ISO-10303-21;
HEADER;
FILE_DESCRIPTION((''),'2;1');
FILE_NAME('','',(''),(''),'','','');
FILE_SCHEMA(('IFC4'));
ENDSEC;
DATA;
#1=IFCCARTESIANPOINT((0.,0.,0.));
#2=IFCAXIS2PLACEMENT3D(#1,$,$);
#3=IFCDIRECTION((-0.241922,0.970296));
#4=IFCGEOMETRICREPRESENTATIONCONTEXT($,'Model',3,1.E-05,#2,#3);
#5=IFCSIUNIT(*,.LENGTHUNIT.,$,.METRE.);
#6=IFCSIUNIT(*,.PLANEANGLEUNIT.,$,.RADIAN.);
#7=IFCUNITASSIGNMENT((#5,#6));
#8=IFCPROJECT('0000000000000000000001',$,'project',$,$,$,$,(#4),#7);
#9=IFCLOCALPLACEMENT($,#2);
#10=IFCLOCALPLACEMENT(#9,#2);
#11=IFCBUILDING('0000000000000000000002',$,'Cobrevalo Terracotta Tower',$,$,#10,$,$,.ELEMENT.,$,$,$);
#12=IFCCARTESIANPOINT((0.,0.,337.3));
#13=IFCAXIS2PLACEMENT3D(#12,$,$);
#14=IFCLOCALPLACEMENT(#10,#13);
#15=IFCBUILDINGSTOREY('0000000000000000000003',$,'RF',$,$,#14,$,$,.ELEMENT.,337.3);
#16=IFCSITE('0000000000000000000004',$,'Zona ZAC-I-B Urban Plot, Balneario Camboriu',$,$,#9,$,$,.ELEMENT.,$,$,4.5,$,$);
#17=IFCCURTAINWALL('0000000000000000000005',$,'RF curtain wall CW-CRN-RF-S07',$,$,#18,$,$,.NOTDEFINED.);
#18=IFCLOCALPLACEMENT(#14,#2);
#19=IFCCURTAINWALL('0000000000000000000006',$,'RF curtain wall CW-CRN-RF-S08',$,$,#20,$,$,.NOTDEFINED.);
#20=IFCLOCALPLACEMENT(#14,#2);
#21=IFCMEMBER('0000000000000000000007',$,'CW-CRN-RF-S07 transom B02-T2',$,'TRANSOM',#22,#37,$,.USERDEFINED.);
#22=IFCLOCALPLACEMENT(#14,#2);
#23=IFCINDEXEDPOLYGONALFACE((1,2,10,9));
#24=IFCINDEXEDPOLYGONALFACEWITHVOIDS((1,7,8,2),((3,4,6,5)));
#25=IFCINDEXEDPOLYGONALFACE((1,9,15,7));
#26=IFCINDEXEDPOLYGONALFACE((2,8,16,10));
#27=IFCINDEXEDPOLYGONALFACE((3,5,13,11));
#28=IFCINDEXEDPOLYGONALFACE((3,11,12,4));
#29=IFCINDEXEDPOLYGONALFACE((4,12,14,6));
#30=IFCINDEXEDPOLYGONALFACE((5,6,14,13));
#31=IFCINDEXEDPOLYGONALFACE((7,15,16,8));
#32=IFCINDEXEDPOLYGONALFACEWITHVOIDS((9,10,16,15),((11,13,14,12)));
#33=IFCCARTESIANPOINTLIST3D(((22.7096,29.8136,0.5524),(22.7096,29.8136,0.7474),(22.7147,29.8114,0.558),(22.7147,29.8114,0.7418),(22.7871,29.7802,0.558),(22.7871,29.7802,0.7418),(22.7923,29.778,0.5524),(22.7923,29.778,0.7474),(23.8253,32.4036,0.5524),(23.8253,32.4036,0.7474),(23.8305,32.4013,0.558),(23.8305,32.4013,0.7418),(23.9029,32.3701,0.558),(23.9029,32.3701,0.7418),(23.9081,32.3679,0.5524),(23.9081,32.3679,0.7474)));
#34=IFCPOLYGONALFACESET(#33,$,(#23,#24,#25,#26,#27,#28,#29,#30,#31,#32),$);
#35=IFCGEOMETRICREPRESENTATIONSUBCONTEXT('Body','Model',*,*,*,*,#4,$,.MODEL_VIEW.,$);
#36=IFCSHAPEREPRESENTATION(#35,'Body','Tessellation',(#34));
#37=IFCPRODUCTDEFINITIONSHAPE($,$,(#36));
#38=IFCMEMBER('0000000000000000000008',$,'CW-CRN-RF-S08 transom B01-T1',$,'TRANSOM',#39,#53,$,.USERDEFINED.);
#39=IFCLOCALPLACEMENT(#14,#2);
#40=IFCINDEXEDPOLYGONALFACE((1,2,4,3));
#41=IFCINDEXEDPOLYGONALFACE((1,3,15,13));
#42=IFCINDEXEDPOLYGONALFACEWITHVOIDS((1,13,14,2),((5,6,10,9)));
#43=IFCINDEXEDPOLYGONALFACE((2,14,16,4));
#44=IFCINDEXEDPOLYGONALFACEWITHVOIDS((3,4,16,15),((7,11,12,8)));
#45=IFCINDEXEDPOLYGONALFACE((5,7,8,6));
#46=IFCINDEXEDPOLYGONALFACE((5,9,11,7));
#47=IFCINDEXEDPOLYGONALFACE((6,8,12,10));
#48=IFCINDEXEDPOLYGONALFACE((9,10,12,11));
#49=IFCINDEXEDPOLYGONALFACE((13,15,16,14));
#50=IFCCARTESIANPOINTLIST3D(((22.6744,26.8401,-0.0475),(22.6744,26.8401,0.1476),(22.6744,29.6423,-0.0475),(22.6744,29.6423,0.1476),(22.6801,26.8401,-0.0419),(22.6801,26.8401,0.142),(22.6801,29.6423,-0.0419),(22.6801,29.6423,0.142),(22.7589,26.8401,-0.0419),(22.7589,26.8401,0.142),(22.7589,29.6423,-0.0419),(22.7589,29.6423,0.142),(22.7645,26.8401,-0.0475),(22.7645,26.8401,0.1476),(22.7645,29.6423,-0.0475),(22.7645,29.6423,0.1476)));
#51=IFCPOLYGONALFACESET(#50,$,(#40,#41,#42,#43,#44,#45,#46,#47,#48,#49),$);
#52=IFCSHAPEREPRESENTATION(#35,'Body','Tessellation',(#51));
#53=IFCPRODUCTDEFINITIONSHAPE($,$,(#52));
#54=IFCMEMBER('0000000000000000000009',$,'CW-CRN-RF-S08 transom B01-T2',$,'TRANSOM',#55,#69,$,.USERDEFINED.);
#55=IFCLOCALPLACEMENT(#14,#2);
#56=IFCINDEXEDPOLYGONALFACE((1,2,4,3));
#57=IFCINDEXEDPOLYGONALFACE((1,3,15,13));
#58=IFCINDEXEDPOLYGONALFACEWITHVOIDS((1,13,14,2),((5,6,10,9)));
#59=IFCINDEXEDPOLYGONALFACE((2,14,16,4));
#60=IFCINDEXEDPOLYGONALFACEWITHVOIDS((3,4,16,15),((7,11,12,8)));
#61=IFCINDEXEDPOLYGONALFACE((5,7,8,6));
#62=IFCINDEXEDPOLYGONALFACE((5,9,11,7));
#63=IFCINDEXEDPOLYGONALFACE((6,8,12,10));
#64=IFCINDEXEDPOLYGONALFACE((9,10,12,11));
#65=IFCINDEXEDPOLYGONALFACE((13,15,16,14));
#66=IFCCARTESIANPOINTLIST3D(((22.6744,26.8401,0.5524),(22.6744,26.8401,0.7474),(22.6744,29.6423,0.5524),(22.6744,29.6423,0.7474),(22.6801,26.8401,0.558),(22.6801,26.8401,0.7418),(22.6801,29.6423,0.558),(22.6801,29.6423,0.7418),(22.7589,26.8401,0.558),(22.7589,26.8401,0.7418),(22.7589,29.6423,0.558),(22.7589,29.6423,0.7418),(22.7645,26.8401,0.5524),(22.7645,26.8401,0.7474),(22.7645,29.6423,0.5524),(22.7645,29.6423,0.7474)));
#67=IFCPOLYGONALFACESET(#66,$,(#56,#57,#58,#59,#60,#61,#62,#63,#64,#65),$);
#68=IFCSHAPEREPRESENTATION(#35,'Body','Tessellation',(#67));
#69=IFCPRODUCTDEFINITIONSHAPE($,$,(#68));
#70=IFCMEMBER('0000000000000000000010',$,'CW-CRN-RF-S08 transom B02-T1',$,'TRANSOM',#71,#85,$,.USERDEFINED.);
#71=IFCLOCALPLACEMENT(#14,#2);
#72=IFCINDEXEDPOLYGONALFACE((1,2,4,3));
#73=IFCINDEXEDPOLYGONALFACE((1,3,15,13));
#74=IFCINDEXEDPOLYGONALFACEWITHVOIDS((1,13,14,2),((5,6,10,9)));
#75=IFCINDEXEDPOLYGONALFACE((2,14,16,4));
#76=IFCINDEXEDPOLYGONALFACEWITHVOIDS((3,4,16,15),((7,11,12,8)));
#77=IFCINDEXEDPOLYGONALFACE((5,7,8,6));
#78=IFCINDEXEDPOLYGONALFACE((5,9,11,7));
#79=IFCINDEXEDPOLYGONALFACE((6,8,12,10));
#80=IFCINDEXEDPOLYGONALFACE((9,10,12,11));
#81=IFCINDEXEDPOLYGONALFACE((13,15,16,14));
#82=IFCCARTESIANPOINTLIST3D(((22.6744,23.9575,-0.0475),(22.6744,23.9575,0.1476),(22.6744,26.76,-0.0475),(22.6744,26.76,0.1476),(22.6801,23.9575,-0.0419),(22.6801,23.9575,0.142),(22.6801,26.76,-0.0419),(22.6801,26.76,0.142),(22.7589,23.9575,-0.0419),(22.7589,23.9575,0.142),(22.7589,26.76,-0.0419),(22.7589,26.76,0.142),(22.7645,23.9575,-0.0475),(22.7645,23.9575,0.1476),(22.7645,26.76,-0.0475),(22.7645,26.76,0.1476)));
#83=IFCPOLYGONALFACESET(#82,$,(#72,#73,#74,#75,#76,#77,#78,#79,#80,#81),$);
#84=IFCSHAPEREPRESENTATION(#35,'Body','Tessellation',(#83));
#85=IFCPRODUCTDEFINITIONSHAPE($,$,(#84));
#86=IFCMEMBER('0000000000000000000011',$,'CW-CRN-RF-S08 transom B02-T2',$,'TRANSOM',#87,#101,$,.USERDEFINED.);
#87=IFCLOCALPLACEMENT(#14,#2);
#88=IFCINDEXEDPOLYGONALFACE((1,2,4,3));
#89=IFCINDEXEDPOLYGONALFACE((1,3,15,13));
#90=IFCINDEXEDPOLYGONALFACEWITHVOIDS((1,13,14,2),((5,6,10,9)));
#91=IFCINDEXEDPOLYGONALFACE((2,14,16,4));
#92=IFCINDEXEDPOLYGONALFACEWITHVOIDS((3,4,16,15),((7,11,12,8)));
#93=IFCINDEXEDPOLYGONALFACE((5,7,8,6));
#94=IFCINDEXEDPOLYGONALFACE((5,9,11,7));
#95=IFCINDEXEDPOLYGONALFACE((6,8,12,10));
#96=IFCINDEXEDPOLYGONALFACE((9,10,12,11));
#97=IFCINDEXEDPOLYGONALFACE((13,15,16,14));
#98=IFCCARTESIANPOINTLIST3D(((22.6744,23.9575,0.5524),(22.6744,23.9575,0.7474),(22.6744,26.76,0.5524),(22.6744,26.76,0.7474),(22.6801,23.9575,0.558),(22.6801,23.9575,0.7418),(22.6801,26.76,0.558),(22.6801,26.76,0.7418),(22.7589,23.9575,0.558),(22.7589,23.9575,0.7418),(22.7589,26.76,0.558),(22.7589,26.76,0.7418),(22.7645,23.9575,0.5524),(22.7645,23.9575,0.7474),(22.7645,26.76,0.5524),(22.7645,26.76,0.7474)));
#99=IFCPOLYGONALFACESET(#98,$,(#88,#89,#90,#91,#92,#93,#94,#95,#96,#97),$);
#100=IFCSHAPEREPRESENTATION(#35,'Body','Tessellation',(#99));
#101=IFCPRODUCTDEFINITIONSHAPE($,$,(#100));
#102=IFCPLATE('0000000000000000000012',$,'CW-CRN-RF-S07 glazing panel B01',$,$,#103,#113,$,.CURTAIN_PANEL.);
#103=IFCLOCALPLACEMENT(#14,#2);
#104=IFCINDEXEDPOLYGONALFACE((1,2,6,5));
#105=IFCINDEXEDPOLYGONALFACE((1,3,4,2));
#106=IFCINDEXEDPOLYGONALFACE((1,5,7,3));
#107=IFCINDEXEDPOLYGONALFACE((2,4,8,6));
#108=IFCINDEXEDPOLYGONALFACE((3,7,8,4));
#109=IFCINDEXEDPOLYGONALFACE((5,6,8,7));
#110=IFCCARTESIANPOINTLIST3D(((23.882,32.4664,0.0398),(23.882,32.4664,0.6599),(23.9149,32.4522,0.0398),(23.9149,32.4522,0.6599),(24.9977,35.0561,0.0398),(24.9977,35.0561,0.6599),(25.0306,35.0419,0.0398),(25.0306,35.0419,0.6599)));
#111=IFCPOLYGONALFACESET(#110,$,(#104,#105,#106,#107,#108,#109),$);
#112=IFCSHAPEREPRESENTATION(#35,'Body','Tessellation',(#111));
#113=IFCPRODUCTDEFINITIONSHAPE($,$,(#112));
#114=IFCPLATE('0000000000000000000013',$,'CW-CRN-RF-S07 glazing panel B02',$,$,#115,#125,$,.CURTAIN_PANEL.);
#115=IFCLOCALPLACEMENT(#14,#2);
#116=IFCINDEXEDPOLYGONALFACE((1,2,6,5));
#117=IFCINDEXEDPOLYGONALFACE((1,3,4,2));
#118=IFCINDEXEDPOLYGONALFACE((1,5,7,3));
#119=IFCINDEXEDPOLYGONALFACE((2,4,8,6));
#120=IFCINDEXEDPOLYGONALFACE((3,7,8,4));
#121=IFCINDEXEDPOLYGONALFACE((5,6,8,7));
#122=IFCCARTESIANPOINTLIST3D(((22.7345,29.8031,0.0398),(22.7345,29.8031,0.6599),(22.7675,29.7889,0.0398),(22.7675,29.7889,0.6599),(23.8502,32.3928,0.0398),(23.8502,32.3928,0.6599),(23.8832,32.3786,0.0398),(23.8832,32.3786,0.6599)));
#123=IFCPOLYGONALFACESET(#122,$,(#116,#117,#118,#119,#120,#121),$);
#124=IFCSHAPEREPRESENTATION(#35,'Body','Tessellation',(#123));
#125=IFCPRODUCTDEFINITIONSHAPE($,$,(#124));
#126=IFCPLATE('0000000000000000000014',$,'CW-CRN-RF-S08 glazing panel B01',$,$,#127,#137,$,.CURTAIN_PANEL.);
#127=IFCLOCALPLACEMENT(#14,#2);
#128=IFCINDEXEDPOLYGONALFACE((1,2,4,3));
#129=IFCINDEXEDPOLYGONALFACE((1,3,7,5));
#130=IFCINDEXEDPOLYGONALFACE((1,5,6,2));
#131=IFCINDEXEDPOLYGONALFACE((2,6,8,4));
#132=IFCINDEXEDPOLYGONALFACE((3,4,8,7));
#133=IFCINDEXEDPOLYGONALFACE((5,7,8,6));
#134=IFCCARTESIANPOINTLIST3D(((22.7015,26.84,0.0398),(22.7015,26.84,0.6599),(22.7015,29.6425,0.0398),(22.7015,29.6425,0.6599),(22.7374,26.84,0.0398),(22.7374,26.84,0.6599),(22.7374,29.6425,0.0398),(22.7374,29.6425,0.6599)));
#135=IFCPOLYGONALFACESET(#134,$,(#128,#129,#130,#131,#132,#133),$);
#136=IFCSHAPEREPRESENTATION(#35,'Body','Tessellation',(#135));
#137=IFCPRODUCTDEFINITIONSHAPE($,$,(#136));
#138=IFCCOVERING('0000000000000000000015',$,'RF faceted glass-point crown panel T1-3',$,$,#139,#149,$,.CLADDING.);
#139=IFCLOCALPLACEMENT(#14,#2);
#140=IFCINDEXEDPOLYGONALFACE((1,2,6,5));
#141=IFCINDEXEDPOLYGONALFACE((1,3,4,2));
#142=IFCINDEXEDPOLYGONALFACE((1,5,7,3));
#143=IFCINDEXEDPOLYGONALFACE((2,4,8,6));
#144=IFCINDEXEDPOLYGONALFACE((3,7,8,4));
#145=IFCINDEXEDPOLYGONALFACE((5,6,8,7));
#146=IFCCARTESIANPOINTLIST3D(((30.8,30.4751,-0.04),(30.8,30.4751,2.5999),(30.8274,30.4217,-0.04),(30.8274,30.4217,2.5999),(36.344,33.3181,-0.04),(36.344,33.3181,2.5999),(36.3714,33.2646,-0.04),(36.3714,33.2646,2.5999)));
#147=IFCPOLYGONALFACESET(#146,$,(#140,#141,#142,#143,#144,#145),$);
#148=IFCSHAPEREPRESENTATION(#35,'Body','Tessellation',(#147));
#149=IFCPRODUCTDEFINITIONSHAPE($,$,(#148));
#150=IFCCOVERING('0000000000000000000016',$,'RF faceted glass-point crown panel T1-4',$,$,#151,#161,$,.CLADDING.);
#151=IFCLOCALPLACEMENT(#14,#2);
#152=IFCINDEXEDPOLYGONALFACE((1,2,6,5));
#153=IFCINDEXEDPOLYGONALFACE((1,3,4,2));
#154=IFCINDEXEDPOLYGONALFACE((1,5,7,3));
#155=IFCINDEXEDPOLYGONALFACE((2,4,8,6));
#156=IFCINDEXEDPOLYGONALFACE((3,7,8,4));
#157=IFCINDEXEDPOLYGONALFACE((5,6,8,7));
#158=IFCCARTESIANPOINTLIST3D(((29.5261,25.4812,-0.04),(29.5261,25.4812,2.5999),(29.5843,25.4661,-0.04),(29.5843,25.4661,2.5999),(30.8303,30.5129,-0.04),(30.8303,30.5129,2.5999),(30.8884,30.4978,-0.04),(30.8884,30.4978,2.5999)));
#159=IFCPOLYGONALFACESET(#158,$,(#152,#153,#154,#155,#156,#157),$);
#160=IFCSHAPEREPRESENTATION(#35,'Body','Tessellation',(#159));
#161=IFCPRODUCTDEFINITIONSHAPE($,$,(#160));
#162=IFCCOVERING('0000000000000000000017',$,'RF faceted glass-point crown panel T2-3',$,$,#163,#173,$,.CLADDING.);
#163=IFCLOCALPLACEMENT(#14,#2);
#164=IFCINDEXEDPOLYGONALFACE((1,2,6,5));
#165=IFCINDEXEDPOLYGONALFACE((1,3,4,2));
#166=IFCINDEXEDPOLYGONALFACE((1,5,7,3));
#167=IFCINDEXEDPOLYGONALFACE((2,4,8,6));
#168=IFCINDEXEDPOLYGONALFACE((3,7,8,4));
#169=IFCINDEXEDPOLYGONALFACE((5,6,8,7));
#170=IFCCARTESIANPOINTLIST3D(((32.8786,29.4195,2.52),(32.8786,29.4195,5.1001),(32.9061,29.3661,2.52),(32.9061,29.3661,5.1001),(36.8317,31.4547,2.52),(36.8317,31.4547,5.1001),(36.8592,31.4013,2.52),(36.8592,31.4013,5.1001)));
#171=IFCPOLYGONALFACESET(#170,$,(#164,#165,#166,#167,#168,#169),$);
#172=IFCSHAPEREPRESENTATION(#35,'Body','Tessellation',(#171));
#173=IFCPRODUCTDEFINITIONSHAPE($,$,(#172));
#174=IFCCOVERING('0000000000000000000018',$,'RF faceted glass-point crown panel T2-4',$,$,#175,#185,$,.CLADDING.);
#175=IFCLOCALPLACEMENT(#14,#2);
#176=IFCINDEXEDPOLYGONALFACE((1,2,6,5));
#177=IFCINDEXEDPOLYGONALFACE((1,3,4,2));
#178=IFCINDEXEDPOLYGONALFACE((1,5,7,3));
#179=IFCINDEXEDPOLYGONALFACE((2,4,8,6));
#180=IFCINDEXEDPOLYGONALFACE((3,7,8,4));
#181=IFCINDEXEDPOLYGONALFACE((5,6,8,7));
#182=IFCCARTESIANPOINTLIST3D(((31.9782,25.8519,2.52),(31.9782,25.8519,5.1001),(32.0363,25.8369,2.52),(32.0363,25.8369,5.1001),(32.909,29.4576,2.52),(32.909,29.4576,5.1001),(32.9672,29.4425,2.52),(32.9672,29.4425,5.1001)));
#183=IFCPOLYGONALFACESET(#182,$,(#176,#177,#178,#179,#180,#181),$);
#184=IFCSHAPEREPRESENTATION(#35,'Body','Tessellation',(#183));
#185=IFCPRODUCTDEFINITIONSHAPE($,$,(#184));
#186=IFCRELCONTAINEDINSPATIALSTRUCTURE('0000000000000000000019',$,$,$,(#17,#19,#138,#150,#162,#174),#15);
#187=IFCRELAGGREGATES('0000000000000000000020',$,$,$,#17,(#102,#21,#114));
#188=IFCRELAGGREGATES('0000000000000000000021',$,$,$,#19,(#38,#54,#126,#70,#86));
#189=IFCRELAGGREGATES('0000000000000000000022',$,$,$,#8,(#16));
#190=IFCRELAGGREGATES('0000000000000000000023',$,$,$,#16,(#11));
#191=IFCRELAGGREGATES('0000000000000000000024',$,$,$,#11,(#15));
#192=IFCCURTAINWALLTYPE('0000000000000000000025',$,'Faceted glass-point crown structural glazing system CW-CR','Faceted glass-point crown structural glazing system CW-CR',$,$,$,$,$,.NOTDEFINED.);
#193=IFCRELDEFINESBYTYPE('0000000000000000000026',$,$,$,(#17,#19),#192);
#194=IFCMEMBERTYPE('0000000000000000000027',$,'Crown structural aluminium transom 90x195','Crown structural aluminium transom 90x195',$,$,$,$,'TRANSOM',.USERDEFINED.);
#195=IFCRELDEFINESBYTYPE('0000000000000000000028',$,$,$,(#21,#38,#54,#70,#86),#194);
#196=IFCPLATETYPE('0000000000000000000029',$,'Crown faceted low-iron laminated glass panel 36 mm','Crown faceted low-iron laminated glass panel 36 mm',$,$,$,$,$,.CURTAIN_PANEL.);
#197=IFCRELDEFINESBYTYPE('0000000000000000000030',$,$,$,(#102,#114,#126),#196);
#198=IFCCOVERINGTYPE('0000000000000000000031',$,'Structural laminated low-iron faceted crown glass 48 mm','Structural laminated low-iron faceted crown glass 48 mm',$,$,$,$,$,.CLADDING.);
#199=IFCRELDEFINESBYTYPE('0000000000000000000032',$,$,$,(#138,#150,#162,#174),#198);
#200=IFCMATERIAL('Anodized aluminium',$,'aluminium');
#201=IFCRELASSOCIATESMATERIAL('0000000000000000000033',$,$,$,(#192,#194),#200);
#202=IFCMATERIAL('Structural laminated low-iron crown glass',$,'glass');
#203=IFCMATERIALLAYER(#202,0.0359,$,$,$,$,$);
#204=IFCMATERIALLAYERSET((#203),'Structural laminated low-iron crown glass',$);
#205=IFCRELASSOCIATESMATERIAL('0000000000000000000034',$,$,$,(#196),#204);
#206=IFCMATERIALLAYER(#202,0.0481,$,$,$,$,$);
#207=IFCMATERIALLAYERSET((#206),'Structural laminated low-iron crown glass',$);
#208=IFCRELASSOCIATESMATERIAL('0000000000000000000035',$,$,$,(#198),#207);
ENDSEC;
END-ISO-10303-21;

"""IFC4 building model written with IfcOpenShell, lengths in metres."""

from ifc_helpers import new_model, si_unit, direction, frame, origin, origin_2d, place, context, subcontext, project, spatial, rectangle, hollow_rectangle, extrude, source, transform, mapped, material, layer, layer_set, material_profile, profile_set, type_object, element, aggregate, save


model = new_model("IFC4")

# Units and contexts
model_context = context("Model", 3, precision=1e-05, world=origin(), true_north=direction((-0.241922, 0.970296)))
body_context = subcontext(model_context, "Body", "Model", "MODEL_VIEW")
ifc_project = project(units=[si_unit("LENGTHUNIT", "METRE"), si_unit("PLANEANGLEUNIT", "RADIAN")], contexts=[model_context])

# Site, building, storey
site_placement = place(None, origin())
site = spatial("IfcSite", under=ifc_project, at=site_placement, Name="Zona ZAC-I-B Urban Plot, Balneario Camboriu", CompositionType="ELEMENT", RefElevation=4.5)
building_placement = place(site_placement, origin())
building = spatial("IfcBuilding", under=site, at=building_placement, Name="Cobrevalo Terracotta Tower", CompositionType="ELEMENT")
storey_placement = place(building_placement, frame((0.0, 0.0, 337.3)))
storey = spatial("IfcBuildingStorey", under=building, at=storey_placement, Name="RF", CompositionType="ELEMENT", Elevation=337.3)

# Curtain walls
ifc_material_1 = material(Name="Anodized aluminium", Category="aluminium")
curtain_wall_type = type_object("IfcCurtainWallType", Name="Faceted glass-point crown structural glazing system CW-CR", Description="Faceted glass-point crown structural glazing system CW-CR", PredefinedType="NOTDEFINED", material=ifc_material_1)
curtain_wall_1_placement = place(storey_placement, origin())
curtain_wall_1 = element("IfcCurtainWall", 1, at=curtain_wall_1_placement, inside=storey, type_object=curtain_wall_type, Name="RF curtain wall CW-CRN-RF-S07", PredefinedType="NOTDEFINED")
curtain_wall_2_placement = place(storey_placement, origin())
curtain_wall_2 = element("IfcCurtainWall", 2, at=curtain_wall_2_placement, inside=storey, type_object=curtain_wall_type, Name="RF curtain wall CW-CRN-RF-S08", PredefinedType="NOTDEFINED")

# Members
ifc_material_profile_1 = material_profile(ifc_material_1, hollow_rectangle(XDim=0.0901, YDim=0.1951, WallThickness=0.0056, at=origin_2d()), Name="CWT 90x195")
ifc_profile_set_1 = profile_set([ifc_material_profile_1], Name="Anodized aluminium")
member_type_1 = type_object("IfcMemberType", Name="Crown structural aluminium transom 90x195", Description="Crown structural aluminium transom 90x195", ElementType="TRANSOM", PredefinedType="USERDEFINED", material=ifc_profile_set_1)
shared_shape_1 = source(origin(), body_context, "Body", "SweptSolid", [
    extrude(hollow_rectangle(XDim=0.0901, YDim=0.1951, WallThickness=0.0056, at=origin_2d()), origin(), (0.0, 0.0, 1.0), 2.8201),
])
member_1_placement = place(storey_placement, frame((23.8667, 32.3857, 0.6499), z_axis=(-0.395653, -0.9184, 0.0), x_axis=(0.9184, -0.395653, 0.0)))
member_1 = element("IfcMember", 3, at=member_1_placement, type_object=member_type_1, Name="CW-CRN-RF-S07 transom B02-T2", ObjectType="TRANSOM", PredefinedType="USERDEFINED", context=body_context, shape_type="MappedRepresentation", body=[
    mapped(shared_shape_1, transform((0.0, 0.0, 0.0), scale=1.0)),
])
shared_shape_2 = source(origin(), body_context, "Body", "SweptSolid", [
    extrude(hollow_rectangle(XDim=0.0901, YDim=0.1951, WallThickness=0.0056, at=origin_2d()), origin(), (0.0, 0.0, 1.0), 2.8022),
])
member_2_placement = place(storey_placement, frame((22.7195, 29.6423, 0.05), z_axis=(0.0, -1.0, 0.0), x_axis=(1.0, 0.0, 0.0)))
member_2 = element("IfcMember", 4, at=member_2_placement, type_object=member_type_1, Name="CW-CRN-RF-S08 transom B01-T1", ObjectType="TRANSOM", PredefinedType="USERDEFINED", context=body_context, shape_type="MappedRepresentation", body=[
    mapped(shared_shape_2, transform((0.0, 0.0, 0.0), scale=1.0)),
])
member_3_placement = place(storey_placement, frame((22.7195, 29.6423, 0.6499), z_axis=(0.0, -1.0, 0.0), x_axis=(1.0, 0.0, 0.0)))
member_3 = element("IfcMember", 5, at=member_3_placement, type_object=member_type_1, Name="CW-CRN-RF-S08 transom B01-T2", ObjectType="TRANSOM", PredefinedType="USERDEFINED", context=body_context, shape_type="MappedRepresentation", body=[
    mapped(shared_shape_2, transform((0.0, 0.0, 0.0), scale=1.0)),
])
shared_shape_3 = source(origin(), body_context, "Body", "SweptSolid", [
    extrude(hollow_rectangle(XDim=0.0901, YDim=0.1951, WallThickness=0.0056, at=origin_2d()), origin(), (0.0, 0.0, 1.0), 2.8025),
])
member_4_placement = place(storey_placement, frame((22.7195, 26.76, 0.05), z_axis=(0.0, -1.0, 0.0), x_axis=(1.0, 0.0, 0.0)))
member_4 = element("IfcMember", 6, at=member_4_placement, type_object=member_type_1, Name="CW-CRN-RF-S08 transom B02-T1", ObjectType="TRANSOM", PredefinedType="USERDEFINED", context=body_context, shape_type="MappedRepresentation", body=[
    mapped(shared_shape_3, transform((0.0, 0.0, 0.0), scale=1.0)),
])
member_5_placement = place(storey_placement, frame((22.7195, 26.76, 0.6499), z_axis=(0.0, -1.0, 0.0), x_axis=(1.0, 0.0, 0.0)))
member_5 = element("IfcMember", 7, at=member_5_placement, type_object=member_type_1, Name="CW-CRN-RF-S08 transom B02-T2", ObjectType="TRANSOM", PredefinedType="USERDEFINED", context=body_context, shape_type="MappedRepresentation", body=[
    mapped(shared_shape_3, transform((0.0, 0.0, 0.0), scale=1.0)),
])

# Plates
ifc_material_2 = material(Name="Structural laminated low-iron crown glass", Category="glass")
ifc_layer_1 = layer(ifc_material_2, 0.0359)
ifc_layer_set_1 = layer_set([ifc_layer_1], Name="Structural laminated low-iron crown glass")
plate_type = type_object("IfcPlateType", Name="Crown faceted low-iron laminated glass panel 36 mm", Description="Crown faceted low-iron laminated glass panel 36 mm", PredefinedType="CURTAIN_PANEL", material=ifc_layer_set_1)
shared_shape_4 = source(origin(), body_context, "Body", "SweptSolid", [
    extrude(rectangle(XDim=2.8198, YDim=0.0359, at=origin_2d()), origin(), (0.0, 0.0, 1.0), 0.6201),
])
plate_1_placement = place(storey_placement, frame((24.4563, 33.7542, 0.0398), z_axis=(0.0, 0.0, 1.0), x_axis=(-0.395651, -0.918401, 0.0)))
plate_1 = element("IfcPlate", 8, at=plate_1_placement, type_object=plate_type, Name="CW-CRN-RF-S07 glazing panel B01", PredefinedType="CURTAIN_PANEL", context=body_context, shape_type="MappedRepresentation", body=[
    mapped(shared_shape_4, transform((0.0, 0.0, 0.0), scale=1.0)),
])
plate_2_placement = place(storey_placement, frame((23.3088, 31.0908, 0.0398), z_axis=(0.0, 0.0, 1.0), x_axis=(-0.395651, -0.918401, 0.0)))
plate_2 = element("IfcPlate", 9, at=plate_2_placement, type_object=plate_type, Name="CW-CRN-RF-S07 glazing panel B02", PredefinedType="CURTAIN_PANEL", context=body_context, shape_type="MappedRepresentation", body=[
    mapped(shared_shape_4, transform((0.0, 0.0, 0.0), scale=1.0)),
])
aggregate(curtain_wall_1, [plate_1, member_1, plate_2])
shared_shape_5 = source(origin(), body_context, "Body", "SweptSolid", [
    extrude(rectangle(XDim=2.8025, YDim=0.0359, at=origin_2d()), origin(), (0.0, 0.0, 1.0), 0.6201),
])
plate_3_placement = place(storey_placement, frame((22.7195, 28.2412, 0.0398), z_axis=(0.0, 0.0, 1.0), x_axis=(0.0, -1.0, 0.0)))
plate_3 = element("IfcPlate", 10, at=plate_3_placement, type_object=plate_type, Name="CW-CRN-RF-S08 glazing panel B01", PredefinedType="CURTAIN_PANEL", context=body_context, shape_type="MappedRepresentation", body=[
    mapped(shared_shape_5, transform((0.0, 0.0, 0.0), scale=1.0)),
])
aggregate(curtain_wall_2, [member_2, member_3, plate_3, member_4, member_5])

# Coverings
ifc_layer_2 = layer(ifc_material_2, 0.0481)
ifc_layer_set_2 = layer_set([ifc_layer_2], Name="Structural laminated low-iron crown glass")
covering_type = type_object("IfcCoveringType", Name="Structural laminated low-iron faceted crown glass 48 mm", Description="Structural laminated low-iron faceted crown glass 48 mm", PredefinedType="CLADDING", material=ifc_layer_set_2)
shared_shape_6 = source(origin(), body_context, "Body", "SweptSolid", [
    extrude(rectangle(XDim=6.2305, YDim=0.0601, at=origin_2d()), origin(), (0.0, 0.0, 1.0), 2.6399),
])
covering_1_placement = place(storey_placement, frame((33.5857, 31.8699, -0.04), z_axis=(0.0, 0.0, 1.0), x_axis=(-0.889829, -0.456294, 0.0)))
element("IfcCovering", 11, at=covering_1_placement, inside=storey, type_object=covering_type, Name="RF faceted glass-point crown panel T1-3", PredefinedType="CLADDING", context=body_context, shape_type="MappedRepresentation", body=[
    mapped(shared_shape_6, transform((0.0, 0.0, 0.0), scale=1.0)),
])
shared_shape_7 = source(origin(), body_context, "Body", "SweptSolid", [
    extrude(rectangle(XDim=5.198, YDim=0.0601, at=origin_2d()), origin(), (0.0, 0.0, 1.0), 2.6399),
])
covering_2_placement = place(storey_placement, frame((30.2073, 27.9895, -0.04), z_axis=(0.0, 0.0, 1.0), x_axis=(-0.250899, -0.968013, 0.0)))
element("IfcCovering", 12, at=covering_2_placement, inside=storey, type_object=covering_type, Name="RF faceted glass-point crown panel T1-4", PredefinedType="CLADDING", context=body_context, shape_type="MappedRepresentation", body=[
    mapped(shared_shape_7, transform((0.0, 0.0, 0.0), scale=1.0)),
])
shared_shape_8 = source(origin(), body_context, "Body", "SweptSolid", [
    extrude(rectangle(XDim=4.4463, YDim=0.0601, at=origin_2d()), origin(), (0.0, 0.0, 1.0), 2.5801),
])
covering_3_placement = place(storey_placement, frame((34.8689, 30.4104, 2.52), z_axis=(0.0, 0.0, 1.0), x_axis=(-0.889092, -0.457728, 0.0)))
element("IfcCovering", 13, at=covering_3_placement, inside=storey, type_object=covering_type, Name="RF faceted glass-point crown panel T2-3", PredefinedType="CLADDING", context=body_context, shape_type="MappedRepresentation", body=[
    mapped(shared_shape_8, transform((0.0, 0.0, 0.0), scale=1.0)),
])
shared_shape_9 = source(origin(), body_context, "Body", "SweptSolid", [
    extrude(rectangle(XDim=3.7239, YDim=0.0601, at=origin_2d()), origin(), (0.0, 0.0, 1.0), 2.5801),
])
covering_4_placement = place(storey_placement, frame((32.4727, 27.6472, 2.52), z_axis=(0.0, 0.0, 1.0), x_axis=(-0.249968, -0.968254, 0.0)))
element("IfcCovering", 14, at=covering_4_placement, inside=storey, type_object=covering_type, Name="RF faceted glass-point crown panel T2-4", PredefinedType="CLADDING", context=body_context, shape_type="MappedRepresentation", body=[
    mapped(shared_shape_9, transform((0.0, 0.0, 0.0), scale=1.0)),
])

save(model, "model.ifc")
